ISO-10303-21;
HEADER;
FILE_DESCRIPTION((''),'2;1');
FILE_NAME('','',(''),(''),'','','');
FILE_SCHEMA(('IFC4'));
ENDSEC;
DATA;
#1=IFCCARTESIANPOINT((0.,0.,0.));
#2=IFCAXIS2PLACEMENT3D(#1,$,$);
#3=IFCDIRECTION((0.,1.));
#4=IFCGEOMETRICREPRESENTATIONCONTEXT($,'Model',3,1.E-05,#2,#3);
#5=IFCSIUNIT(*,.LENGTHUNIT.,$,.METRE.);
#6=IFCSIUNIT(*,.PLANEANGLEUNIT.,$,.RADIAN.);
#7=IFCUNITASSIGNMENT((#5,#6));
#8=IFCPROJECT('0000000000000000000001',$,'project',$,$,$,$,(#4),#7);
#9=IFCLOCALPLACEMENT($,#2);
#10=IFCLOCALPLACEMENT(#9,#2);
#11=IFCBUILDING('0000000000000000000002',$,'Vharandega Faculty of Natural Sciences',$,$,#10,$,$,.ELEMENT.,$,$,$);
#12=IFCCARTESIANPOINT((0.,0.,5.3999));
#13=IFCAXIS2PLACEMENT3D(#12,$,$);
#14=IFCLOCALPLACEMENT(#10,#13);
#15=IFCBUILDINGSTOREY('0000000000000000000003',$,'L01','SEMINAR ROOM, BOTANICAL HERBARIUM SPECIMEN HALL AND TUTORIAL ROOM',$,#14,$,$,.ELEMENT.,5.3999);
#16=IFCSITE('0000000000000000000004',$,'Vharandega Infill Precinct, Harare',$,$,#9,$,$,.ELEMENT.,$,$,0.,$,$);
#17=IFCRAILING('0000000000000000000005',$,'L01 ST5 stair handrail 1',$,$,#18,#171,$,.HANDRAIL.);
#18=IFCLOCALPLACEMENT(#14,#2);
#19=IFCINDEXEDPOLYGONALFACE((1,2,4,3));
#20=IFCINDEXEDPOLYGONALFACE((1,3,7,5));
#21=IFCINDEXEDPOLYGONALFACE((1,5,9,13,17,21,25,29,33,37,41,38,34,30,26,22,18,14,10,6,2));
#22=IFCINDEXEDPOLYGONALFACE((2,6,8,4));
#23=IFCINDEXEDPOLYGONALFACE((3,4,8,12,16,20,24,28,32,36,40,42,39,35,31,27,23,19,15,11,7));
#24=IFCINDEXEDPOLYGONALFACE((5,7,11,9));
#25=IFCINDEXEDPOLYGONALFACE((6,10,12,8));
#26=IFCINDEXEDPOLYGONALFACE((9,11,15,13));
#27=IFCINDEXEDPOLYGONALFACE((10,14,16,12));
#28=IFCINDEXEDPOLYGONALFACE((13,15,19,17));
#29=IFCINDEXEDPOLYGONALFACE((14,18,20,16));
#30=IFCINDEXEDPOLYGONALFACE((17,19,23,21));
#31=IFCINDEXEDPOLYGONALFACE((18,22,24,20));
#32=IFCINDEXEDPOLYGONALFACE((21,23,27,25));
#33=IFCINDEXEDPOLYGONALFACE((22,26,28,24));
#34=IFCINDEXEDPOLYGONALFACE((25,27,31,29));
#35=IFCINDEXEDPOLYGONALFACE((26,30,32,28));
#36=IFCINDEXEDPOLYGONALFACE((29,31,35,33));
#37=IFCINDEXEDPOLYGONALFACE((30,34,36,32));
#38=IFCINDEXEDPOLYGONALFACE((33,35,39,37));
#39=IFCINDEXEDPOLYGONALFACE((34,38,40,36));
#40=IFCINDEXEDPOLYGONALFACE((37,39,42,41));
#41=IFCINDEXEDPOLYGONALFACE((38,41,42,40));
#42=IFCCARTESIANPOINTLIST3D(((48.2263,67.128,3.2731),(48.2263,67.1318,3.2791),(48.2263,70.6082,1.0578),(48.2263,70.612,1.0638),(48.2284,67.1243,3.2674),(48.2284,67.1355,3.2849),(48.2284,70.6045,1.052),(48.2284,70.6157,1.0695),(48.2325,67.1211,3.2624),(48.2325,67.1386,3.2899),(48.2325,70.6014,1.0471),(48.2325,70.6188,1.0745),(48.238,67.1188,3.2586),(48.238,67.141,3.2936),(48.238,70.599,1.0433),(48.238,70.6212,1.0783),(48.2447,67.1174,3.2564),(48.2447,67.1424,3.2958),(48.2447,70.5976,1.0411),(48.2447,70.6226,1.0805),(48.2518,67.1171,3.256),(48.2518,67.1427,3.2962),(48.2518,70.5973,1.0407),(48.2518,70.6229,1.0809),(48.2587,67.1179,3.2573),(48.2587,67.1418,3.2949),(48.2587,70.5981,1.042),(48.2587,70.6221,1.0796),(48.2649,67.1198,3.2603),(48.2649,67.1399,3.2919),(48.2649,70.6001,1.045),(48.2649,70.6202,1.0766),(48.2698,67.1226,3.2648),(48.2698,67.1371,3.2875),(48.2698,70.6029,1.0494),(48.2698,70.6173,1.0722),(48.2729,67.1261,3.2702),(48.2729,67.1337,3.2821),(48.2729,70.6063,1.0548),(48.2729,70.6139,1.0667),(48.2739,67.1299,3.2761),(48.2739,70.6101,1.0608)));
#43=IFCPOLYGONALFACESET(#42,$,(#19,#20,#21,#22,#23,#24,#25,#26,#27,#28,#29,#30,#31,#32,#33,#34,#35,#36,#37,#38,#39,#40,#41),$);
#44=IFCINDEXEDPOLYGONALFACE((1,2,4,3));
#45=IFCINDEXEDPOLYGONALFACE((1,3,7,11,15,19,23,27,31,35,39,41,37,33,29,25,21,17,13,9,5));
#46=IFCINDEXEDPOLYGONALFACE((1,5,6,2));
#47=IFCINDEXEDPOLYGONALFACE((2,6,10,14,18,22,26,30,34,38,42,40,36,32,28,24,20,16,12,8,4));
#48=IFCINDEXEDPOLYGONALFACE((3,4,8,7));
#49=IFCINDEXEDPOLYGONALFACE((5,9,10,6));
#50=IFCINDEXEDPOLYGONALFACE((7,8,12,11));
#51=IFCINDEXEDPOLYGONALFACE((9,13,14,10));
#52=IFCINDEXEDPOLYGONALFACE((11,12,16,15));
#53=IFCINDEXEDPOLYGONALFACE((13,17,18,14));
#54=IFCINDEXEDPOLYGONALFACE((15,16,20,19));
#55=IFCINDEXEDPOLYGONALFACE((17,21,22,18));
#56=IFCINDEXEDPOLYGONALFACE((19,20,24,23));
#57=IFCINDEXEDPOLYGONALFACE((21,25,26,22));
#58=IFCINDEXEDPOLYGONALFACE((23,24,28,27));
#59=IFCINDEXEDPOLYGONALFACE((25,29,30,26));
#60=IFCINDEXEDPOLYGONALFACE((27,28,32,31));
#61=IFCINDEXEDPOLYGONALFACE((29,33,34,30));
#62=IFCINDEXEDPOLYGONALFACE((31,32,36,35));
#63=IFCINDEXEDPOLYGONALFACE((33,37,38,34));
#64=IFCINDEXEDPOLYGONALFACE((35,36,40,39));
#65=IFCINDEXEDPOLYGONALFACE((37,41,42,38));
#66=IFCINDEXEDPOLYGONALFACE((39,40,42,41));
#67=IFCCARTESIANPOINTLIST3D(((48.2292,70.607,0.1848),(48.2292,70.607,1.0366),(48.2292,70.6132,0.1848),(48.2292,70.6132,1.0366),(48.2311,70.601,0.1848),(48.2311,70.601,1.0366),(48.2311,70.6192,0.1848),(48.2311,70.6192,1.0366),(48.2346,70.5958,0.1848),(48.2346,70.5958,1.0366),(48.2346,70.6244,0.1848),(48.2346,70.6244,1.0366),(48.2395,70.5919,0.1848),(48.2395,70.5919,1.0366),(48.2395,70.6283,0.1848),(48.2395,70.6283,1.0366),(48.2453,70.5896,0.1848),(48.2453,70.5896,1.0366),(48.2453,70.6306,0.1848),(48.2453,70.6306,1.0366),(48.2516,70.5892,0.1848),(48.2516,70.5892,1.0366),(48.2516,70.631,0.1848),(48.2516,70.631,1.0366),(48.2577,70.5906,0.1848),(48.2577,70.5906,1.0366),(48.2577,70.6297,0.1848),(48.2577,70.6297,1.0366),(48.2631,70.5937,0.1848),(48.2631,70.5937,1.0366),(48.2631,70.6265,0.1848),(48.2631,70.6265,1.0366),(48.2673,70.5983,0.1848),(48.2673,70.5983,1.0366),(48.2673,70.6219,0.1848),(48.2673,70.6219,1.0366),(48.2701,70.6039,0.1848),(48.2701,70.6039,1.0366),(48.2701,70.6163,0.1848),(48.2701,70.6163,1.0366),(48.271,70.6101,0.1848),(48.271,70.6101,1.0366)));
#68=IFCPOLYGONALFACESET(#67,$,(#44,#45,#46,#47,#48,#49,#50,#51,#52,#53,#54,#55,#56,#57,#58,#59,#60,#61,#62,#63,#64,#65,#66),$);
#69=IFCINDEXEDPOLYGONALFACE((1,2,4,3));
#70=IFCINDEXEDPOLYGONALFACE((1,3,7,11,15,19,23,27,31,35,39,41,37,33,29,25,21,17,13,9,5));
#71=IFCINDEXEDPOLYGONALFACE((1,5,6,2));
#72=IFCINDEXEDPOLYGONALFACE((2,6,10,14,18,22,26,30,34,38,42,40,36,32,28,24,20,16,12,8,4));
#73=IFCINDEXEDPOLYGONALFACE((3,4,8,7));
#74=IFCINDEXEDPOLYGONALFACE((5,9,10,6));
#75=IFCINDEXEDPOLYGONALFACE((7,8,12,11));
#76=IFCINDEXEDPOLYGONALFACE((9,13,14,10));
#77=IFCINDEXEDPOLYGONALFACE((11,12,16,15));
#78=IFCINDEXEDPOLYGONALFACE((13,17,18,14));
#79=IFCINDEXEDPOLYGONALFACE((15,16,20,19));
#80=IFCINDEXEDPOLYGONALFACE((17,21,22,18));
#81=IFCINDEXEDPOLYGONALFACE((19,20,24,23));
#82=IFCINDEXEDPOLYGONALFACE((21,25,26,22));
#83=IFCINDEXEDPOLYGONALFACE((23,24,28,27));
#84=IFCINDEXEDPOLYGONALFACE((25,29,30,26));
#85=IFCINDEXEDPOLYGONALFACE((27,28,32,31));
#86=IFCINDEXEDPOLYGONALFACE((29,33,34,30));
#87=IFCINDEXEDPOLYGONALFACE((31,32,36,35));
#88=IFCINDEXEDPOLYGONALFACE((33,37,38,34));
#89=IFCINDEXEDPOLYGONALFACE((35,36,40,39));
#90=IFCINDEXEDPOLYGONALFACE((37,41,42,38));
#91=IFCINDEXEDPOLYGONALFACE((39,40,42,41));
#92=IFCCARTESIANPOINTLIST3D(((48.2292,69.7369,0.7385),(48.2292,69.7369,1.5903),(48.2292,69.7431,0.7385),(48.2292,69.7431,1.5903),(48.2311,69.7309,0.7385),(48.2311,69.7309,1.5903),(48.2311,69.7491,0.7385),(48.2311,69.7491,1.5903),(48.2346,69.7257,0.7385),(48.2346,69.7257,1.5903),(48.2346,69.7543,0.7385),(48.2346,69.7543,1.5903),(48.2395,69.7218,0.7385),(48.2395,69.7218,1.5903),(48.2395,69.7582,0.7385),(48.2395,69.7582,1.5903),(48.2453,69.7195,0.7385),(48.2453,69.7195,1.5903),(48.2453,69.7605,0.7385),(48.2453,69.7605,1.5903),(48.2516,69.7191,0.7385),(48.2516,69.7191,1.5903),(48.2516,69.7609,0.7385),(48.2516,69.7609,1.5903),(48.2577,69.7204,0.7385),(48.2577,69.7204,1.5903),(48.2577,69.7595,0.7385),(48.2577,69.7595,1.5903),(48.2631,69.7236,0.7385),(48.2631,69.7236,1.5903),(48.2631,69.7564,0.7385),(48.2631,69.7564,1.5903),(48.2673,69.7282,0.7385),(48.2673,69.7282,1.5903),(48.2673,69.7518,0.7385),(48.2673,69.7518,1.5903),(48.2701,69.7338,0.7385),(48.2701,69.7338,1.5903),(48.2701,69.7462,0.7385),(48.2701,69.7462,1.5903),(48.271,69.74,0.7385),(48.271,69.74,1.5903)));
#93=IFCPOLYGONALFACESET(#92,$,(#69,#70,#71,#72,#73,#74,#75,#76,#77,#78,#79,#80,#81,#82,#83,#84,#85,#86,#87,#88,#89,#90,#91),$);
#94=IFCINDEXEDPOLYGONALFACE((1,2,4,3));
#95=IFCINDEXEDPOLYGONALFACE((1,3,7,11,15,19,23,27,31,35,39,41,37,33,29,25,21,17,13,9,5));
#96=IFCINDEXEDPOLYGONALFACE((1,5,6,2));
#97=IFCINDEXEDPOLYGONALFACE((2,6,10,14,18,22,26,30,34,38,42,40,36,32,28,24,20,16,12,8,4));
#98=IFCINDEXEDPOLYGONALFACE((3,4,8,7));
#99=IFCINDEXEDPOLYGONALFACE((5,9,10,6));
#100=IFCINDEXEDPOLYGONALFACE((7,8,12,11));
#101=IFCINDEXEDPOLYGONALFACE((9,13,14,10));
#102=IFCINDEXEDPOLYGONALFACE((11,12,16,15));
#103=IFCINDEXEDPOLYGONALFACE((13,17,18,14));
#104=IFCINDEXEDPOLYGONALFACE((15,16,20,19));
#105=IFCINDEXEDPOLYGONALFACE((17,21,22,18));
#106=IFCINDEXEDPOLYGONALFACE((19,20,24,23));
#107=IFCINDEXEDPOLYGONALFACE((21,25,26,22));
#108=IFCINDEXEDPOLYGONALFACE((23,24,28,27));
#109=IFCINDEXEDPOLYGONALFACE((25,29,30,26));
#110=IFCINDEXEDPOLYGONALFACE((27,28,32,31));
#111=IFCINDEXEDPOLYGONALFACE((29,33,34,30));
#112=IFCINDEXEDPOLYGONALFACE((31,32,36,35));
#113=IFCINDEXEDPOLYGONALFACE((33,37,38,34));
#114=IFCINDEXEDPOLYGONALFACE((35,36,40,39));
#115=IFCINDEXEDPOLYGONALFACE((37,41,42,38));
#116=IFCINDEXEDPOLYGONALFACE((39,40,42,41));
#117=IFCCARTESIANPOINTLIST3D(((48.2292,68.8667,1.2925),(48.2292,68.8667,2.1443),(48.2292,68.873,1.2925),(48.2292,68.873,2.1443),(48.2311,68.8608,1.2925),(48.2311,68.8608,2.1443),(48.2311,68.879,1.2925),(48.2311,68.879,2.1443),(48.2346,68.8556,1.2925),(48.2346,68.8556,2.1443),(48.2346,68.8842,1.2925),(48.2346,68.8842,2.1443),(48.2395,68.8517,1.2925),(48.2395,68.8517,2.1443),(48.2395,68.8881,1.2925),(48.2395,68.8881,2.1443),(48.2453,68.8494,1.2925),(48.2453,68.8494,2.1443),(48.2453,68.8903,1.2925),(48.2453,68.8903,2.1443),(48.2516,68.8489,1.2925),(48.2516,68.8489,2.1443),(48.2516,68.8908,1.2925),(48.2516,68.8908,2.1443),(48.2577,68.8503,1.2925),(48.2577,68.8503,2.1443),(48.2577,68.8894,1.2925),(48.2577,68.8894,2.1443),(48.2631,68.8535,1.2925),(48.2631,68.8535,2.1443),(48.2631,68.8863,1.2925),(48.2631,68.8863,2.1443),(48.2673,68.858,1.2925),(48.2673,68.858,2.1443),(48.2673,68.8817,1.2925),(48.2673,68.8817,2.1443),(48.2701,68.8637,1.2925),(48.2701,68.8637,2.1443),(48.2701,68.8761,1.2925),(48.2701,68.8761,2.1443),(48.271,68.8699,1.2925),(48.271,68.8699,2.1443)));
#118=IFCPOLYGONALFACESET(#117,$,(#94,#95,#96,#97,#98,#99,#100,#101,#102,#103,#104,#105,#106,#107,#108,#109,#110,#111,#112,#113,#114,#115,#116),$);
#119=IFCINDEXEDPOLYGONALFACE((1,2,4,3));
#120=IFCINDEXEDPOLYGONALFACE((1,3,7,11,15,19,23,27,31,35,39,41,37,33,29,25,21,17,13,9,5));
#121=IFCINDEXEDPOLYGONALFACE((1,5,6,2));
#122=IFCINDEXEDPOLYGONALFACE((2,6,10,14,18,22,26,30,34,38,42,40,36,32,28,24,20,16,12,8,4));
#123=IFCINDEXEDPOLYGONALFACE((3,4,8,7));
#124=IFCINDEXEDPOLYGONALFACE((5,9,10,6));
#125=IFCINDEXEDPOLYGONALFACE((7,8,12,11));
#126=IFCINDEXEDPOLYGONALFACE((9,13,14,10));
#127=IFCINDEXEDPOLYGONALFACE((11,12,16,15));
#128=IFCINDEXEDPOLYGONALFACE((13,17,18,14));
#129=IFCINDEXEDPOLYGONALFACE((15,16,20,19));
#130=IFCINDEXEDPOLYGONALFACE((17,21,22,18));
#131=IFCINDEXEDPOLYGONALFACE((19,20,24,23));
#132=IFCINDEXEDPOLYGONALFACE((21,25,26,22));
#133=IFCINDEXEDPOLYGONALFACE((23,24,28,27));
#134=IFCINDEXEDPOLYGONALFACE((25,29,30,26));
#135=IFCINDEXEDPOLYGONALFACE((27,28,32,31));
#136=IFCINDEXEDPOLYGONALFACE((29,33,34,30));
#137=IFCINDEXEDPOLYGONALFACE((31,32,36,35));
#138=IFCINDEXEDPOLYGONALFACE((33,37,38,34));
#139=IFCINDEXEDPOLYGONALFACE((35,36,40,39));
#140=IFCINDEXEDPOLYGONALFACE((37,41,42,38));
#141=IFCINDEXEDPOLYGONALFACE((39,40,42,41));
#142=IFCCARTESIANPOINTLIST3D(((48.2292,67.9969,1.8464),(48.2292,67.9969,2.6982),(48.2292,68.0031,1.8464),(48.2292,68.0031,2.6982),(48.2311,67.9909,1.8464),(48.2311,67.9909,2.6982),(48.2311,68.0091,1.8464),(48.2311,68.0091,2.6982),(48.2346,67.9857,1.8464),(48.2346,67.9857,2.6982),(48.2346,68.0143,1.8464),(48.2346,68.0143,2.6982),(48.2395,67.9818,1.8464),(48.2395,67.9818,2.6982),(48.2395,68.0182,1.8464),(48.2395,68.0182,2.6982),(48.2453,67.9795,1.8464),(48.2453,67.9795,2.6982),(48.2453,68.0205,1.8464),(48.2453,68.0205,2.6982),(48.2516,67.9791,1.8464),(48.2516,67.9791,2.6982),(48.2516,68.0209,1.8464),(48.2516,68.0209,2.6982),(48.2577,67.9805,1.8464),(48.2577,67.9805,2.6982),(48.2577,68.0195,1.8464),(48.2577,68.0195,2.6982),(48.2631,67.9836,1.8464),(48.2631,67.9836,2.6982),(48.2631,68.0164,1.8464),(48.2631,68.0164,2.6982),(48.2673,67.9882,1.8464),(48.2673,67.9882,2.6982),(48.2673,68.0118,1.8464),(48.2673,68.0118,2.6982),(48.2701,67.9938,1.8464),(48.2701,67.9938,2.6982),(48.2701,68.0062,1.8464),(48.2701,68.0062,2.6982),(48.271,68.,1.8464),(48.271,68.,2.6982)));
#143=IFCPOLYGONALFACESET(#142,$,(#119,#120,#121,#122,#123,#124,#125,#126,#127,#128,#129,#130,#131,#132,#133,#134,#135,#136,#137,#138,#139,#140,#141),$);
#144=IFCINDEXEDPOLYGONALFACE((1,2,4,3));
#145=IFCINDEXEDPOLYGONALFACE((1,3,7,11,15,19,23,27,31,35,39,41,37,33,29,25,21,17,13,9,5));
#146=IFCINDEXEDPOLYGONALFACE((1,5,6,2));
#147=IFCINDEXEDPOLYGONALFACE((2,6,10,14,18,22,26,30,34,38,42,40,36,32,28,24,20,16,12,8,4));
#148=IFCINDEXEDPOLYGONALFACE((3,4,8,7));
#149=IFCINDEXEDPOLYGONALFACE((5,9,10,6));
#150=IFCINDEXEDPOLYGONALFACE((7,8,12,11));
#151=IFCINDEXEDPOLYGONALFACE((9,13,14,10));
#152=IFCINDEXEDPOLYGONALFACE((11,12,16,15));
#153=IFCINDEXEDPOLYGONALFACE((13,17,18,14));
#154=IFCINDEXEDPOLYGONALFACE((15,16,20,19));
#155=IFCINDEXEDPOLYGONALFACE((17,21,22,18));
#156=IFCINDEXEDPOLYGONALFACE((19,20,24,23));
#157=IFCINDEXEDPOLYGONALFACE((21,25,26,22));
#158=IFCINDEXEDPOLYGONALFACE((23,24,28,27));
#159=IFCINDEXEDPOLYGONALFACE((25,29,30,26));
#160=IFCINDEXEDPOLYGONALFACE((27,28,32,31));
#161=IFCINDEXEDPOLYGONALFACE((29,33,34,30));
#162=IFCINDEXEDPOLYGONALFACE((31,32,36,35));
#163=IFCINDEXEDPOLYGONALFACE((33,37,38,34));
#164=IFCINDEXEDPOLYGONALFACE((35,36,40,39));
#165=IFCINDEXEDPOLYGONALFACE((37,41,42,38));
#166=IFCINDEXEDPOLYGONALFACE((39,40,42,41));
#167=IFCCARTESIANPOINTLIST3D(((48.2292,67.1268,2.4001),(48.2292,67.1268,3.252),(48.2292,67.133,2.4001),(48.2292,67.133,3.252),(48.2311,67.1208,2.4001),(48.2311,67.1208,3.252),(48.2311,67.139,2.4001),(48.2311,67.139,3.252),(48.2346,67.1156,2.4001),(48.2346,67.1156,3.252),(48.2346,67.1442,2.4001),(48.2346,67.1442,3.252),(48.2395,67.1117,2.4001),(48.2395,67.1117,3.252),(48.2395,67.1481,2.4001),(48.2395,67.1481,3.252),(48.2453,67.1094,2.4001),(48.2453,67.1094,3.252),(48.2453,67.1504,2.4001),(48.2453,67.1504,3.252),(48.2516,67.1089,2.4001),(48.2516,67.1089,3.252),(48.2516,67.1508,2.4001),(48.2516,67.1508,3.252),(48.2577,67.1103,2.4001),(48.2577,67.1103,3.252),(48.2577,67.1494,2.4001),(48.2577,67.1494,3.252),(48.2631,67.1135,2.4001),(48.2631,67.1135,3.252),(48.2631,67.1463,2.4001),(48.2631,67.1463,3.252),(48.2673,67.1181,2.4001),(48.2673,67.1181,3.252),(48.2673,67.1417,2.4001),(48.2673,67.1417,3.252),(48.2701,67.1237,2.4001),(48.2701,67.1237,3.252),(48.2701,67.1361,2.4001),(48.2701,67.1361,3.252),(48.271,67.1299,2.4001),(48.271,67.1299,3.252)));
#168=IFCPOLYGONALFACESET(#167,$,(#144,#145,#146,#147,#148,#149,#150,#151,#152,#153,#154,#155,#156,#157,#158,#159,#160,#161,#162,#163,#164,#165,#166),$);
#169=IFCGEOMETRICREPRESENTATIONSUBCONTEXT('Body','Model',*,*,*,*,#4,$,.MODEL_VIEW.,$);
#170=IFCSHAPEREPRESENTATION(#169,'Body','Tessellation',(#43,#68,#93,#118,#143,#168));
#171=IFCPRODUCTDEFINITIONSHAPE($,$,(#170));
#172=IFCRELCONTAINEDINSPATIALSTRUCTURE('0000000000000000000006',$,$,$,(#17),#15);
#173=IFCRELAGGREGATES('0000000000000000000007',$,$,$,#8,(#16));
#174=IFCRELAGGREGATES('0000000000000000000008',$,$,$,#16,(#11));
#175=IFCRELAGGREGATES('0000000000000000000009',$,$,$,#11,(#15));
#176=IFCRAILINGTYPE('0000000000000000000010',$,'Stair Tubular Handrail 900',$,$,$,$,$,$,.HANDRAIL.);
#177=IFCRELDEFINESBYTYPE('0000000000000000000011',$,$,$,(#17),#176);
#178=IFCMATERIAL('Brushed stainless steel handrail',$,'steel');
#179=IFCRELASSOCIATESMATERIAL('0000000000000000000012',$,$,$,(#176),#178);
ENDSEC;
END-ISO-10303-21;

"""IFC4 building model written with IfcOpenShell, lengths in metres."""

from ifc_helpers import new_model, si_unit, direction, frame, origin, origin_2d, place, context, subcontext, project, spatial, circle, extrude, material, type_object, element, save


model = new_model("IFC4")

# Units and contexts
model_context = context("Model", 3, precision=1e-05, world=origin(), true_north=direction((0.0, 1.0)))
body_context = subcontext(model_context, "Body", "Model", "MODEL_VIEW")
ifc_project = project(units=[si_unit("LENGTHUNIT", "METRE"), si_unit("PLANEANGLEUNIT", "RADIAN")], contexts=[model_context])

# Site, building, storey
site_placement = place(None, origin())
site = spatial("IfcSite", under=ifc_project, at=site_placement, Name="Vharandega Infill Precinct, Harare", CompositionType="ELEMENT", RefElevation=0.0)
building_placement = place(site_placement, origin())
building = spatial("IfcBuilding", under=site, at=building_placement, Name="Vharandega Faculty of Natural Sciences", CompositionType="ELEMENT")
storey_placement = place(building_placement, frame((0.0, 0.0, 5.3999)))
storey = spatial("IfcBuildingStorey", under=building, at=storey_placement, Name="L01", Description="SEMINAR ROOM, BOTANICAL HERBARIUM SPECIMEN HALL AND TUTORIAL ROOM", CompositionType="ELEMENT", Elevation=5.3999)

# Railing
ifc_material_1 = material(Name="Brushed stainless steel handrail", Category="steel")
railing_type = type_object("IfcRailingType", Name="Stair Tubular Handrail 900", PredefinedType="HANDRAIL", material=ifc_material_1)
railing_placement = place(storey_placement, frame((48.25, 70.6101, 0.1848)))
element("IfcRailing", 1, at=railing_placement, inside=storey, type_object=railing_type, Name="L01 ST5 stair handrail 1", PredefinedType="HANDRAIL", context=body_context, shape_type="SweptSolid", body=[
    extrude(circle(Radius=0.0239, at=origin_2d()), frame((0.0, 0.0, 0.876), z_axis=(0.0, -0.843591, 0.536987), x_axis=(1.0, 0.0, 0.0)), (0.0, 0.0, 1.0), 4.1255),
    extrude(circle(Radius=0.021, at=origin_2d()), origin(), (0.0, 0.0, 1.0), 0.8518),
    extrude(circle(Radius=0.021, at=origin_2d()), frame((0.0, -0.8701, 0.5537)), (0.0, 0.0, 1.0), 0.8518),
    extrude(circle(Radius=0.021, at=origin_2d()), frame((0.0, -1.7402, 1.1077)), (0.0, 0.0, 1.0), 0.8518),
    extrude(circle(Radius=0.021, at=origin_2d()), frame((0.0, -2.6101, 1.6616)), (0.0, 0.0, 1.0), 0.8518),
    extrude(circle(Radius=0.021, at=origin_2d()), frame((0.0, -3.4802, 2.2153)), (0.0, 0.0, 1.0), 0.8518),
])

save(model, "model.ifc")
